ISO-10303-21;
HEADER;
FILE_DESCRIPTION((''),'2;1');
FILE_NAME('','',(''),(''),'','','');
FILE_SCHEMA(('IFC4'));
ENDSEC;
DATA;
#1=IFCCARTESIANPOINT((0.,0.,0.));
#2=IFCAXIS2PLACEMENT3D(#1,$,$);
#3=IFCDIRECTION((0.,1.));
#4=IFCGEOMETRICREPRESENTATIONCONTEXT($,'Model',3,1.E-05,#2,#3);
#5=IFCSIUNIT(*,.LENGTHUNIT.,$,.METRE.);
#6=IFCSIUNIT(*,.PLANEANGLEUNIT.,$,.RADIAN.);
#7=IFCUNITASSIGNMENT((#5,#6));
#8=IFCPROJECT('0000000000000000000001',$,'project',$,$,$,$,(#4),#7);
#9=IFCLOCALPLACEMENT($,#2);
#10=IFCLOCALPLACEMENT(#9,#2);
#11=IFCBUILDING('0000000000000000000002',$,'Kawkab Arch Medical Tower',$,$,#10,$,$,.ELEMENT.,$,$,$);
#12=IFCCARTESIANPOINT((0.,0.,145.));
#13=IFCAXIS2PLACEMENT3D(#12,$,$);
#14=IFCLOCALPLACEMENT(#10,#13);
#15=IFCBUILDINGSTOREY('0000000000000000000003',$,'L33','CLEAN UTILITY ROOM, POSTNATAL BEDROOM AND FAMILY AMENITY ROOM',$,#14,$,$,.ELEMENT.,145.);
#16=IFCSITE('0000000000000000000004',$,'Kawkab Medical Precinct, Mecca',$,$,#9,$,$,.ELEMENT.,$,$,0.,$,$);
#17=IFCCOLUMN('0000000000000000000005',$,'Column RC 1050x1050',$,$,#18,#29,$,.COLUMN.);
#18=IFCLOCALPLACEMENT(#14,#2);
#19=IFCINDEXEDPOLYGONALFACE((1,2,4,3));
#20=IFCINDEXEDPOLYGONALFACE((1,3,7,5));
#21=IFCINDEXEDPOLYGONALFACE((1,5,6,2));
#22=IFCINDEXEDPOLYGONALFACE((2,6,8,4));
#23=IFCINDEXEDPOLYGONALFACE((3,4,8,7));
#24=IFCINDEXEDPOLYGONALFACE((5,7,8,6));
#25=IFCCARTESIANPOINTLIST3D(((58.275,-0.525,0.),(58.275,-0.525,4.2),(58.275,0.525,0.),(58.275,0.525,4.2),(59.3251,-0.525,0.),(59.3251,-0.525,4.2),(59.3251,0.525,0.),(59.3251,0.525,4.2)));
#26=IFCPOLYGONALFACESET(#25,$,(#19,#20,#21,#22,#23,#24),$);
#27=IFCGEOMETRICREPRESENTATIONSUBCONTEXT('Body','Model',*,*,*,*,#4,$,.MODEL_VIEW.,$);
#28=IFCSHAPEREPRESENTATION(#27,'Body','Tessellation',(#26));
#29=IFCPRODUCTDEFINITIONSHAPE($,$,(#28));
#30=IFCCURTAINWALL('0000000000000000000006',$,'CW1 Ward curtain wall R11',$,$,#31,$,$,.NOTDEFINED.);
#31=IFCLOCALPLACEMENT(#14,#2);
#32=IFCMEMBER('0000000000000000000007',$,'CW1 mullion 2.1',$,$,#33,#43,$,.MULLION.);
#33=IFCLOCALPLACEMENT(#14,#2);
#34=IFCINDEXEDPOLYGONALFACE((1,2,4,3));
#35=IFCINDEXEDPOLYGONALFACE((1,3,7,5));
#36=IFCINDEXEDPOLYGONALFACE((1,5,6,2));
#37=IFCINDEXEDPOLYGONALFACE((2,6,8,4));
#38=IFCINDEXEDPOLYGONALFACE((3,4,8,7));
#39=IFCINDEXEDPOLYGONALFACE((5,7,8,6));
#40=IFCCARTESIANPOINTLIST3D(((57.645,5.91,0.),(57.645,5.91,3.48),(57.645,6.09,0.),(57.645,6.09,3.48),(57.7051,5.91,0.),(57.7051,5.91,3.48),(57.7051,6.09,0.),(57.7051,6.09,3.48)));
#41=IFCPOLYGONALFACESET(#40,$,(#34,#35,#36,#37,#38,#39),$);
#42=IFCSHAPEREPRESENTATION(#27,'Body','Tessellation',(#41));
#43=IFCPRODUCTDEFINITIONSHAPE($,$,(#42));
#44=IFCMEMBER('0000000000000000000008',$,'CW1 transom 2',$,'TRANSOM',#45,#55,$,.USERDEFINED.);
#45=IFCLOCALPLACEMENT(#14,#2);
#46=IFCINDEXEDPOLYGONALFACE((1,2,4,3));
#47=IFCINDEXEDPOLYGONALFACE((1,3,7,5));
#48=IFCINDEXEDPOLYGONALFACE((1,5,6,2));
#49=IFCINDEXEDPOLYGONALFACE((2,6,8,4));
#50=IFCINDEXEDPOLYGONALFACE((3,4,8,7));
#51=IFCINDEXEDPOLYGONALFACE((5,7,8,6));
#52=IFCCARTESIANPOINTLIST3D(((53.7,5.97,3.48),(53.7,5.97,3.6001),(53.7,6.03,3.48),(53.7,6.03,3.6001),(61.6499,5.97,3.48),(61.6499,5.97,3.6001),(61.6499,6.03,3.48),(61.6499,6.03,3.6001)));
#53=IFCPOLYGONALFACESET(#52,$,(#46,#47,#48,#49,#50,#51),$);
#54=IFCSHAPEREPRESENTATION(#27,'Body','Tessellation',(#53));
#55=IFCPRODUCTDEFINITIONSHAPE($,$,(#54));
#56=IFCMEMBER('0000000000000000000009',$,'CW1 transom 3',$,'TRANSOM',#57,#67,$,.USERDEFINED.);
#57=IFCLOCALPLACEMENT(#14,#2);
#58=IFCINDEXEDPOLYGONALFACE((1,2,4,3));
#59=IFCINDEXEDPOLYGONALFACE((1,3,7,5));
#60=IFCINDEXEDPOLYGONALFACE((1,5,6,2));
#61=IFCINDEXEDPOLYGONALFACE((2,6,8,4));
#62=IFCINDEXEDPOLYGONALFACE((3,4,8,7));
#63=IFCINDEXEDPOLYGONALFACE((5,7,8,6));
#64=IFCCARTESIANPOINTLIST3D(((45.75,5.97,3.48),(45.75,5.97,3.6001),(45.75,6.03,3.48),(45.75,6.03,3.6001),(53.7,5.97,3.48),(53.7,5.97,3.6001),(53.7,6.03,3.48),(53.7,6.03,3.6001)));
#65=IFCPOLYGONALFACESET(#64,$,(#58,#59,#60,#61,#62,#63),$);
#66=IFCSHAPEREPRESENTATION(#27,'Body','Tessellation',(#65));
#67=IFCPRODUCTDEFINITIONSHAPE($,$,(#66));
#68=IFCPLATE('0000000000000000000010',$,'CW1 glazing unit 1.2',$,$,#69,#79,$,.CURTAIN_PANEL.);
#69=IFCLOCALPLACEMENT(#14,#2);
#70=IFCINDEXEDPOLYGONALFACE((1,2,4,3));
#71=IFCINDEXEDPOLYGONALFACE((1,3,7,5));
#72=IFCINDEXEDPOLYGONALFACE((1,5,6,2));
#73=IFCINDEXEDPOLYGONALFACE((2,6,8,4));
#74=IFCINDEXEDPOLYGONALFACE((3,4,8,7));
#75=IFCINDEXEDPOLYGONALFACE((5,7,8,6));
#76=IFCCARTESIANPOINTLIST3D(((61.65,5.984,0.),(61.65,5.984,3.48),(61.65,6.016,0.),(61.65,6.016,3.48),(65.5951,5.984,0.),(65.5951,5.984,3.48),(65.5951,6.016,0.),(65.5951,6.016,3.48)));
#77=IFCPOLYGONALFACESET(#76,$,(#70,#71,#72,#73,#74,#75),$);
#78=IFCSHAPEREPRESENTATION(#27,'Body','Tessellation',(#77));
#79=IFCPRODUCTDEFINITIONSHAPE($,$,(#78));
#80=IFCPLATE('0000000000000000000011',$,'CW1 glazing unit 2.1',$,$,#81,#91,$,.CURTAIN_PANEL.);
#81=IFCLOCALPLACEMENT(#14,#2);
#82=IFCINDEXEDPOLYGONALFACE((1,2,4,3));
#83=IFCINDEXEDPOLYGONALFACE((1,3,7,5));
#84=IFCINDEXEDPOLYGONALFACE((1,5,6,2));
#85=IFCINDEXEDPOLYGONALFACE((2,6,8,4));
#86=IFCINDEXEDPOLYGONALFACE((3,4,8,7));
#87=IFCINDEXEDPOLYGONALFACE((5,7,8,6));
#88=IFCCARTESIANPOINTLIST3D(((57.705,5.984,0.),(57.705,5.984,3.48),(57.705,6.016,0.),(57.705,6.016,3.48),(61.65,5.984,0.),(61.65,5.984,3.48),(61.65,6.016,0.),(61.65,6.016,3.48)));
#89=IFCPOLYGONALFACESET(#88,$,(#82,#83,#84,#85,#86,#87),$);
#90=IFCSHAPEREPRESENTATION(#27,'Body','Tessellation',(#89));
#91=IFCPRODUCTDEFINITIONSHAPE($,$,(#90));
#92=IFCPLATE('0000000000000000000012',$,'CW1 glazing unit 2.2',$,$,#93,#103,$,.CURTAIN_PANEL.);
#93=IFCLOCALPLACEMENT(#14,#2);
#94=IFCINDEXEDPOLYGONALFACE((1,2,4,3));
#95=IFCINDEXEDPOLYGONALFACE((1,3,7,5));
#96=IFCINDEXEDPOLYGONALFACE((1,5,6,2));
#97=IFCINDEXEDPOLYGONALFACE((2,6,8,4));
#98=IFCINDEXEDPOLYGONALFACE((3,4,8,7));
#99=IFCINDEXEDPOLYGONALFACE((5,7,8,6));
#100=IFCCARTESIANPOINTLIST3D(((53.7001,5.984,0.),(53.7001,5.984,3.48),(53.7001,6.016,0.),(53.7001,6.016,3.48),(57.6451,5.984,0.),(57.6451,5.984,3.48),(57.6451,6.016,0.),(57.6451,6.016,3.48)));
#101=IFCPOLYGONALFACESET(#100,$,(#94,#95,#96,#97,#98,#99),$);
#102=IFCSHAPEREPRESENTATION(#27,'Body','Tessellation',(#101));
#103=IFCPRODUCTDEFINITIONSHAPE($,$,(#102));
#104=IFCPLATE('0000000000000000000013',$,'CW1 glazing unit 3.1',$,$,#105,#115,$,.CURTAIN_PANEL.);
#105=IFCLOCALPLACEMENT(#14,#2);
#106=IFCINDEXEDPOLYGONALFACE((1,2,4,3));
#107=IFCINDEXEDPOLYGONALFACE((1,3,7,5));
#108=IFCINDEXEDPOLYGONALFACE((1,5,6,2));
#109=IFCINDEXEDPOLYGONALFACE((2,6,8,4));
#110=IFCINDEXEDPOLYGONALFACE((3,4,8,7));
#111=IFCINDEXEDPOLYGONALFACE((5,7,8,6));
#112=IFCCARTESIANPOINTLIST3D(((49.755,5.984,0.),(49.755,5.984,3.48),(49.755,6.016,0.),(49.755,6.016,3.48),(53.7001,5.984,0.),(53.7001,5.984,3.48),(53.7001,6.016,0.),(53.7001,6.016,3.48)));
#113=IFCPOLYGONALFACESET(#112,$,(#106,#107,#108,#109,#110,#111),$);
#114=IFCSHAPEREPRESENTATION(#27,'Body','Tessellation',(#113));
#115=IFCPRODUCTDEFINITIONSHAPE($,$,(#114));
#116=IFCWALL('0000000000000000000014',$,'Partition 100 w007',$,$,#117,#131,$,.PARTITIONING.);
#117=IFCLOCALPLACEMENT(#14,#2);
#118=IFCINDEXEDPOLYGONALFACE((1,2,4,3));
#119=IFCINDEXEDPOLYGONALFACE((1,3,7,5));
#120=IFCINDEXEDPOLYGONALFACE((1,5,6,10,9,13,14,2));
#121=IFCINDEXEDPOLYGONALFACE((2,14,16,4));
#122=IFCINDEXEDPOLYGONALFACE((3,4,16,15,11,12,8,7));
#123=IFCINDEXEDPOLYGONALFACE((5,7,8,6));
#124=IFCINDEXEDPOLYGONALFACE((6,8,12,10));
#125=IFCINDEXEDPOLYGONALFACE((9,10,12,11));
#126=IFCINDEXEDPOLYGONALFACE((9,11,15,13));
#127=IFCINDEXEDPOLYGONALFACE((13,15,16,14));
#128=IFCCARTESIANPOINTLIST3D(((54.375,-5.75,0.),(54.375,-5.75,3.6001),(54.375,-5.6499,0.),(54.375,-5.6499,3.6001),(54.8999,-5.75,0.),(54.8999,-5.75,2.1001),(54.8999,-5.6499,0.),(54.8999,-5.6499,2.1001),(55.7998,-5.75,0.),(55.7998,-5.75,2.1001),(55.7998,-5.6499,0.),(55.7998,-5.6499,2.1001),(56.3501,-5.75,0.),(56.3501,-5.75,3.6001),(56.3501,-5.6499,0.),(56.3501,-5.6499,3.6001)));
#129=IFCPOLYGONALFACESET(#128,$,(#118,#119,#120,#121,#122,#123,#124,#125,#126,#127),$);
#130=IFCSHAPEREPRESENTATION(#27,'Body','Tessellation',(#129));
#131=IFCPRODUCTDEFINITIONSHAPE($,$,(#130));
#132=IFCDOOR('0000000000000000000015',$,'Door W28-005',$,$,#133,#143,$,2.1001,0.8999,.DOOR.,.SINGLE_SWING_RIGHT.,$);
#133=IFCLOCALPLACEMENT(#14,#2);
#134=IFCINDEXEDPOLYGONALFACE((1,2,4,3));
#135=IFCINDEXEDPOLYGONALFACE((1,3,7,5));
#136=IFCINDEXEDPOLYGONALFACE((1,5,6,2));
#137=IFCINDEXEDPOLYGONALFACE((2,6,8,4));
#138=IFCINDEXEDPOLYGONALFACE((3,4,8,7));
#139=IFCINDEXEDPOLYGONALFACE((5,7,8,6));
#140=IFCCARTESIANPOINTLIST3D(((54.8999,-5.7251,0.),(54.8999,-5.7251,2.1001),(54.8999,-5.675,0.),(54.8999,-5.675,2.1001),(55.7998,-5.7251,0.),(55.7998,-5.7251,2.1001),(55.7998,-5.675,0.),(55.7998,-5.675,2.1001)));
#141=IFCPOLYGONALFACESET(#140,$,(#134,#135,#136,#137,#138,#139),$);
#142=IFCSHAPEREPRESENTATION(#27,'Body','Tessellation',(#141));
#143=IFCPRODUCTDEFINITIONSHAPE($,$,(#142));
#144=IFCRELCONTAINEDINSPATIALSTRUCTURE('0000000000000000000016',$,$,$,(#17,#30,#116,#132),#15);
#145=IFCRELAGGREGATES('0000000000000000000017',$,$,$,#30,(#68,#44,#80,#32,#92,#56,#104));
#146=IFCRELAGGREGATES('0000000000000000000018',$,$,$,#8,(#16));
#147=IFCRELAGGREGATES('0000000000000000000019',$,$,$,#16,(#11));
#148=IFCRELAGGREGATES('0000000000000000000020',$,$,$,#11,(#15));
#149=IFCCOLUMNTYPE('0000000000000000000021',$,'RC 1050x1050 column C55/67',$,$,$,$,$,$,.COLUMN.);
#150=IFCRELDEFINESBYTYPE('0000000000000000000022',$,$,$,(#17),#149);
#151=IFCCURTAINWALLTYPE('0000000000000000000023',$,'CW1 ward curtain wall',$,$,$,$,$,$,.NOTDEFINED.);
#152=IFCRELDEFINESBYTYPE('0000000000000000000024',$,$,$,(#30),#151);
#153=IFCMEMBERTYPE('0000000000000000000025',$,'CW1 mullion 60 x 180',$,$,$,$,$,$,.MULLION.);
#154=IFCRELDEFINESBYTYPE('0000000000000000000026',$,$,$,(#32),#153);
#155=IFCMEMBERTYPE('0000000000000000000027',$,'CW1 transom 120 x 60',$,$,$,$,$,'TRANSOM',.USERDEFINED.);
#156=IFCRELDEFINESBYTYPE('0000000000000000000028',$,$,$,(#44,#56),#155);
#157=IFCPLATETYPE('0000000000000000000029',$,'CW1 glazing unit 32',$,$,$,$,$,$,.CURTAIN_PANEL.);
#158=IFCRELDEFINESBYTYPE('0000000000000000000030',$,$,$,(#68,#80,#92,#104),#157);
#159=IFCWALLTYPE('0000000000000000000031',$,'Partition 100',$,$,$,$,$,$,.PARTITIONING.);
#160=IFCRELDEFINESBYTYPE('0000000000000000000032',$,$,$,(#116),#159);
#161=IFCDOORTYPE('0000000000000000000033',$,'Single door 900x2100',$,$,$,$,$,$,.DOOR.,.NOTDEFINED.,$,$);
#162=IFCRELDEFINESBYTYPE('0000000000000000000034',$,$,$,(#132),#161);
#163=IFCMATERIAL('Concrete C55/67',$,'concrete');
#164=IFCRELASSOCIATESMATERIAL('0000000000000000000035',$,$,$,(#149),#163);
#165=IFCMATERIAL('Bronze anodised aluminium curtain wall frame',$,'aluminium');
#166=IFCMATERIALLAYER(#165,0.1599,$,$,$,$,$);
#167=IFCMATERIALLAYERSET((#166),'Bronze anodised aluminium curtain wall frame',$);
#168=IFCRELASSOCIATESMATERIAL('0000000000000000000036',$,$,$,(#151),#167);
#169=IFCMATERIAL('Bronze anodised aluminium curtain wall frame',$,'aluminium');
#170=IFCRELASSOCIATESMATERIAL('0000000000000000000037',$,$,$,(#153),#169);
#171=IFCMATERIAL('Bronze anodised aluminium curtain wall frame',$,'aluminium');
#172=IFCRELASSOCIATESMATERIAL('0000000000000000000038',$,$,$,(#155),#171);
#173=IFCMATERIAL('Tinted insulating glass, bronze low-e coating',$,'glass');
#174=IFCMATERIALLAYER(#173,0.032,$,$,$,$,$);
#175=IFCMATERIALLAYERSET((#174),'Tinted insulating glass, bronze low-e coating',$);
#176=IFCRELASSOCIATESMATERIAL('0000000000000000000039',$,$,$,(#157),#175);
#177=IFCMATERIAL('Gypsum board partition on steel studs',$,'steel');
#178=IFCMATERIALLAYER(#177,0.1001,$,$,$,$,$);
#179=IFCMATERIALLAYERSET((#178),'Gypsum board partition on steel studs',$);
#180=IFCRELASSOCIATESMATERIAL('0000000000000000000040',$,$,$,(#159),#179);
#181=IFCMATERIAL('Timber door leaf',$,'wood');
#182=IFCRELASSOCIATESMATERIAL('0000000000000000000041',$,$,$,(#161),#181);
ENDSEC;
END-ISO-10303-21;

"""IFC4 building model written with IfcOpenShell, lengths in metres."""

from ifc_helpers import new_model, si_unit, direction, frame, frame_2d, origin, origin_2d, place, context, subcontext, project, spatial, rectangle, extrude, material, layer, layer_set, material_profile, profile_set, type_object, element, fill, aggregate, save


model = new_model("IFC4")

# Units and contexts
model_context = context("Model", 3, precision=1e-05, world=origin(), true_north=direction((0.0, 1.0)))
body_context = subcontext(model_context, "Body", "Model", "MODEL_VIEW")
ifc_project = project(units=[si_unit("LENGTHUNIT", "METRE"), si_unit("PLANEANGLEUNIT", "RADIAN")], contexts=[model_context])

# Site, building, storey
site_placement = place(None, origin())
site = spatial("IfcSite", under=ifc_project, at=site_placement, Name="Kawkab Medical Precinct, Mecca", CompositionType="ELEMENT", RefElevation=0.0)
building_placement = place(site_placement, origin())
building = spatial("IfcBuilding", under=site, at=building_placement, Name="Kawkab Arch Medical Tower", CompositionType="ELEMENT")
storey_placement = place(building_placement, frame((0.0, 0.0, 145.0)))
storey = spatial("IfcBuildingStorey", under=building, at=storey_placement, Name="L33", Description="CLEAN UTILITY ROOM, POSTNATAL BEDROOM AND FAMILY AMENITY ROOM", CompositionType="ELEMENT", Elevation=145.0)

# Column
ifc_material_1 = material(Name="Concrete C55/67", Category="concrete")
ifc_material_profile_1 = material_profile(ifc_material_1, rectangle(XDim=1.05, YDim=1.05, at=origin_2d()), Name="RC 1050x1050")
ifc_profile_set_1 = profile_set([ifc_material_profile_1], Name="Concrete C55/67")
column_type = type_object("IfcColumnType", Name="RC 1050x1050 column C55/67", PredefinedType="COLUMN", material=ifc_profile_set_1)
column_placement = place(storey_placement, frame((58.8, 0.0, 0.0), z_axis=(0.0, 0.0, 1.0), x_axis=(1.0, 0.0, 0.0)))
element("IfcColumn", 1, at=column_placement, inside=storey, type_object=column_type, Name="Column RC 1050x1050", PredefinedType="COLUMN", context=body_context, shape_type="SweptSolid", body=[
    extrude(rectangle(XDim=1.05, YDim=1.05, at=origin_2d()), origin(), (0.0, 0.0, 1.0), 4.2),
])

# Curtain wall, members, plates
ifc_material_2 = material(Name="Bronze anodised aluminium curtain wall frame", Category="aluminium")
ifc_layer_1 = layer(ifc_material_2, 0.1599)
ifc_layer_set_1 = layer_set([ifc_layer_1], Name="Bronze anodised aluminium curtain wall frame")
curtain_wall_type = type_object("IfcCurtainWallType", Name="CW1 ward curtain wall", PredefinedType="NOTDEFINED", material=ifc_layer_set_1)
curtain_wall_placement = place(storey_placement, origin())
curtain_wall = element("IfcCurtainWall", 2, at=curtain_wall_placement, inside=storey, type_object=curtain_wall_type, Name="CW1 Ward curtain wall R11", PredefinedType="NOTDEFINED")
ifc_material_3 = material(Name="Bronze anodised aluminium curtain wall frame", Category="aluminium")
ifc_material_profile_2 = material_profile(ifc_material_3, rectangle(XDim=0.1799, YDim=0.0601, at=origin_2d()), Name="AL 60x180")
ifc_profile_set_2 = profile_set([ifc_material_profile_2], Name="Bronze anodised aluminium curtain wall frame")
member_type_1 = type_object("IfcMemberType", Name="CW1 mullion 60 x 180", PredefinedType="MULLION", material=ifc_profile_set_2)
member_1_placement = place(storey_placement, frame((57.675, 6.0, 0.0), z_axis=(0.0, 0.0, 1.0), x_axis=(0.0, -1.0, 0.0)))
member_1 = element("IfcMember", 3, at=member_1_placement, type_object=member_type_1, Name="CW1 mullion 2.1", PredefinedType="MULLION", context=body_context, shape_type="SweptSolid", body=[
    extrude(rectangle(XDim=0.1799, YDim=0.0601, at=origin_2d()), origin(), (0.0, 0.0, 1.0), 3.48),
])
ifc_material_4 = material(Name="Bronze anodised aluminium curtain wall frame", Category="aluminium")
ifc_material_profile_3 = material_profile(ifc_material_4, rectangle(XDim=0.0601, YDim=0.1201, at=origin_2d()), Name="AL 60x120")
ifc_profile_set_3 = profile_set([ifc_material_profile_3], Name="Bronze anodised aluminium curtain wall frame")
member_type_2 = type_object("IfcMemberType", Name="CW1 transom 120 x 60", ElementType="TRANSOM", PredefinedType="USERDEFINED", material=ifc_profile_set_3)
member_2_placement = place(storey_placement, frame((61.6499, 6.0, 3.54), z_axis=(-1.0, 0.0, 0.0), x_axis=(0.0, -1.0, 0.0)))
member_2 = element("IfcMember", 4, at=member_2_placement, type_object=member_type_2, Name="CW1 transom 2", ObjectType="TRANSOM", PredefinedType="USERDEFINED", context=body_context, shape_type="SweptSolid", body=[
    extrude(rectangle(XDim=0.0601, YDim=0.1201, at=origin_2d()), origin(), (0.0, 0.0, 1.0), 7.95),
])
member_3_placement = place(storey_placement, frame((53.7, 6.0, 3.54), z_axis=(-1.0, 0.0, 0.0), x_axis=(0.0, -1.0, 0.0)))
member_3 = element("IfcMember", 5, at=member_3_placement, type_object=member_type_2, Name="CW1 transom 3", ObjectType="TRANSOM", PredefinedType="USERDEFINED", context=body_context, shape_type="SweptSolid", body=[
    extrude(rectangle(XDim=0.0601, YDim=0.1201, at=origin_2d()), origin(), (0.0, 0.0, 1.0), 7.95),
])
ifc_material_5 = material(Name="Tinted insulating glass, bronze low-e coating", Category="glass")
ifc_layer_2 = layer(ifc_material_5, 0.032)
ifc_layer_set_2 = layer_set([ifc_layer_2], Name="Tinted insulating glass, bronze low-e coating")
plate_type = type_object("IfcPlateType", Name="CW1 glazing unit 32", PredefinedType="CURTAIN_PANEL", material=ifc_layer_set_2)
plate_1_placement = place(storey_placement, frame((63.6226, 6.0, 0.0), z_axis=(0.0, 0.0, 1.0), x_axis=(-1.0, 0.0, 0.0)))
plate_1 = element("IfcPlate", 6, at=plate_1_placement, type_object=plate_type, Name="CW1 glazing unit 1.2", PredefinedType="CURTAIN_PANEL", context=body_context, shape_type="SweptSolid", body=[
    extrude(rectangle(XDim=3.9451, YDim=0.032, at=origin_2d()), origin(), (0.0, 0.0, 1.0), 3.48),
])
plate_2_placement = place(storey_placement, frame((59.6775, 6.0, 0.0), z_axis=(0.0, 0.0, 1.0), x_axis=(-1.0, 0.0, 0.0)))
plate_2 = element("IfcPlate", 7, at=plate_2_placement, type_object=plate_type, Name="CW1 glazing unit 2.1", PredefinedType="CURTAIN_PANEL", context=body_context, shape_type="SweptSolid", body=[
    extrude(rectangle(XDim=3.9451, YDim=0.032, at=origin_2d()), origin(), (0.0, 0.0, 1.0), 3.48),
])
plate_3_placement = place(storey_placement, frame((55.6726, 6.0, 0.0), z_axis=(0.0, 0.0, 1.0), x_axis=(-1.0, 0.0, 0.0)))
plate_3 = element("IfcPlate", 8, at=plate_3_placement, type_object=plate_type, Name="CW1 glazing unit 2.2", PredefinedType="CURTAIN_PANEL", context=body_context, shape_type="SweptSolid", body=[
    extrude(rectangle(XDim=3.9451, YDim=0.032, at=origin_2d()), origin(), (0.0, 0.0, 1.0), 3.48),
])
plate_4_placement = place(storey_placement, frame((51.7275, 6.0, 0.0), z_axis=(0.0, 0.0, 1.0), x_axis=(-1.0, 0.0, 0.0)))
plate_4 = element("IfcPlate", 9, at=plate_4_placement, type_object=plate_type, Name="CW1 glazing unit 3.1", PredefinedType="CURTAIN_PANEL", context=body_context, shape_type="SweptSolid", body=[
    extrude(rectangle(XDim=3.9451, YDim=0.032, at=origin_2d()), origin(), (0.0, 0.0, 1.0), 3.48),
])
aggregate(curtain_wall, [plate_1, member_2, plate_2, member_1, plate_3, member_3, plate_4])

# Wall, opening, door
ifc_material_6 = material(Name="Gypsum board partition on steel studs", Category="steel")
ifc_layer_3 = layer(ifc_material_6, 0.1001)
ifc_layer_set_3 = layer_set([ifc_layer_3], Name="Gypsum board partition on steel studs")
wall_type_1 = type_object("IfcWallType", Name="Partition 100", PredefinedType="PARTITIONING", material=ifc_layer_set_3)
wall_1_placement = place(storey_placement, frame((54.375, -5.7, 0.0), z_axis=(0.0, 0.0, 1.0), x_axis=(1.0, 0.0, 0.0)))
wall_1 = element("IfcWall", 10, at=wall_1_placement, inside=storey, type_object=wall_type_1, Name="Partition 100 w007", PredefinedType="PARTITIONING", context=body_context, shape_type="SweptSolid", body=[
    extrude(rectangle(XDim=1.9751, YDim=0.1001, at=frame_2d((0.9875, 0.0))), origin(), (0.0, 0.0, 1.0), 3.6001),
])
opening_1_placement = place(wall_1_placement, frame((0.5249, 0.0, 0.0)))
opening_1 = element("IfcOpeningElement", 11, at=opening_1_placement, cuts=wall_1, PredefinedType="OPENING", context=body_context, shape_type="SweptSolid", body=[
    extrude(rectangle(XDim=0.8999, YDim=2.1001, at=frame_2d((0.45, 1.05))), frame((0.0, 0.0601, 0.0), z_axis=(0.0, -1.0, 0.0), x_axis=(1.0, 0.0, 0.0)), (0.0, 0.0, 1.0), 0.1201),
])
ifc_material_7 = material(Name="Timber door leaf", Category="wood")
door_type = type_object("IfcDoorType", Name="Single door 900x2100", OperationType="NOTDEFINED", PredefinedType="DOOR", material=ifc_material_7)
door_1_placement = place(opening_1_placement, origin())
door_1 = element("IfcDoor", 12, at=door_1_placement, inside=storey, type_object=door_type, Name="Door W28-005", OperationType="SINGLE_SWING_RIGHT", OverallHeight=2.1001, OverallWidth=0.8999, PredefinedType="DOOR", context=body_context, shape_type="SweptSolid", body=[
    extrude(rectangle(XDim=0.8999, YDim=2.1001, at=frame_2d((0.45, 1.05))), frame((0.0, 0.0249, 0.0), z_axis=(0.0, -1.0, 0.0), x_axis=(1.0, 0.0, 0.0)), (0.0, 0.0, 1.0), 0.05),
])
fill(opening_1, door_1)

save(model, "model.ifc")
